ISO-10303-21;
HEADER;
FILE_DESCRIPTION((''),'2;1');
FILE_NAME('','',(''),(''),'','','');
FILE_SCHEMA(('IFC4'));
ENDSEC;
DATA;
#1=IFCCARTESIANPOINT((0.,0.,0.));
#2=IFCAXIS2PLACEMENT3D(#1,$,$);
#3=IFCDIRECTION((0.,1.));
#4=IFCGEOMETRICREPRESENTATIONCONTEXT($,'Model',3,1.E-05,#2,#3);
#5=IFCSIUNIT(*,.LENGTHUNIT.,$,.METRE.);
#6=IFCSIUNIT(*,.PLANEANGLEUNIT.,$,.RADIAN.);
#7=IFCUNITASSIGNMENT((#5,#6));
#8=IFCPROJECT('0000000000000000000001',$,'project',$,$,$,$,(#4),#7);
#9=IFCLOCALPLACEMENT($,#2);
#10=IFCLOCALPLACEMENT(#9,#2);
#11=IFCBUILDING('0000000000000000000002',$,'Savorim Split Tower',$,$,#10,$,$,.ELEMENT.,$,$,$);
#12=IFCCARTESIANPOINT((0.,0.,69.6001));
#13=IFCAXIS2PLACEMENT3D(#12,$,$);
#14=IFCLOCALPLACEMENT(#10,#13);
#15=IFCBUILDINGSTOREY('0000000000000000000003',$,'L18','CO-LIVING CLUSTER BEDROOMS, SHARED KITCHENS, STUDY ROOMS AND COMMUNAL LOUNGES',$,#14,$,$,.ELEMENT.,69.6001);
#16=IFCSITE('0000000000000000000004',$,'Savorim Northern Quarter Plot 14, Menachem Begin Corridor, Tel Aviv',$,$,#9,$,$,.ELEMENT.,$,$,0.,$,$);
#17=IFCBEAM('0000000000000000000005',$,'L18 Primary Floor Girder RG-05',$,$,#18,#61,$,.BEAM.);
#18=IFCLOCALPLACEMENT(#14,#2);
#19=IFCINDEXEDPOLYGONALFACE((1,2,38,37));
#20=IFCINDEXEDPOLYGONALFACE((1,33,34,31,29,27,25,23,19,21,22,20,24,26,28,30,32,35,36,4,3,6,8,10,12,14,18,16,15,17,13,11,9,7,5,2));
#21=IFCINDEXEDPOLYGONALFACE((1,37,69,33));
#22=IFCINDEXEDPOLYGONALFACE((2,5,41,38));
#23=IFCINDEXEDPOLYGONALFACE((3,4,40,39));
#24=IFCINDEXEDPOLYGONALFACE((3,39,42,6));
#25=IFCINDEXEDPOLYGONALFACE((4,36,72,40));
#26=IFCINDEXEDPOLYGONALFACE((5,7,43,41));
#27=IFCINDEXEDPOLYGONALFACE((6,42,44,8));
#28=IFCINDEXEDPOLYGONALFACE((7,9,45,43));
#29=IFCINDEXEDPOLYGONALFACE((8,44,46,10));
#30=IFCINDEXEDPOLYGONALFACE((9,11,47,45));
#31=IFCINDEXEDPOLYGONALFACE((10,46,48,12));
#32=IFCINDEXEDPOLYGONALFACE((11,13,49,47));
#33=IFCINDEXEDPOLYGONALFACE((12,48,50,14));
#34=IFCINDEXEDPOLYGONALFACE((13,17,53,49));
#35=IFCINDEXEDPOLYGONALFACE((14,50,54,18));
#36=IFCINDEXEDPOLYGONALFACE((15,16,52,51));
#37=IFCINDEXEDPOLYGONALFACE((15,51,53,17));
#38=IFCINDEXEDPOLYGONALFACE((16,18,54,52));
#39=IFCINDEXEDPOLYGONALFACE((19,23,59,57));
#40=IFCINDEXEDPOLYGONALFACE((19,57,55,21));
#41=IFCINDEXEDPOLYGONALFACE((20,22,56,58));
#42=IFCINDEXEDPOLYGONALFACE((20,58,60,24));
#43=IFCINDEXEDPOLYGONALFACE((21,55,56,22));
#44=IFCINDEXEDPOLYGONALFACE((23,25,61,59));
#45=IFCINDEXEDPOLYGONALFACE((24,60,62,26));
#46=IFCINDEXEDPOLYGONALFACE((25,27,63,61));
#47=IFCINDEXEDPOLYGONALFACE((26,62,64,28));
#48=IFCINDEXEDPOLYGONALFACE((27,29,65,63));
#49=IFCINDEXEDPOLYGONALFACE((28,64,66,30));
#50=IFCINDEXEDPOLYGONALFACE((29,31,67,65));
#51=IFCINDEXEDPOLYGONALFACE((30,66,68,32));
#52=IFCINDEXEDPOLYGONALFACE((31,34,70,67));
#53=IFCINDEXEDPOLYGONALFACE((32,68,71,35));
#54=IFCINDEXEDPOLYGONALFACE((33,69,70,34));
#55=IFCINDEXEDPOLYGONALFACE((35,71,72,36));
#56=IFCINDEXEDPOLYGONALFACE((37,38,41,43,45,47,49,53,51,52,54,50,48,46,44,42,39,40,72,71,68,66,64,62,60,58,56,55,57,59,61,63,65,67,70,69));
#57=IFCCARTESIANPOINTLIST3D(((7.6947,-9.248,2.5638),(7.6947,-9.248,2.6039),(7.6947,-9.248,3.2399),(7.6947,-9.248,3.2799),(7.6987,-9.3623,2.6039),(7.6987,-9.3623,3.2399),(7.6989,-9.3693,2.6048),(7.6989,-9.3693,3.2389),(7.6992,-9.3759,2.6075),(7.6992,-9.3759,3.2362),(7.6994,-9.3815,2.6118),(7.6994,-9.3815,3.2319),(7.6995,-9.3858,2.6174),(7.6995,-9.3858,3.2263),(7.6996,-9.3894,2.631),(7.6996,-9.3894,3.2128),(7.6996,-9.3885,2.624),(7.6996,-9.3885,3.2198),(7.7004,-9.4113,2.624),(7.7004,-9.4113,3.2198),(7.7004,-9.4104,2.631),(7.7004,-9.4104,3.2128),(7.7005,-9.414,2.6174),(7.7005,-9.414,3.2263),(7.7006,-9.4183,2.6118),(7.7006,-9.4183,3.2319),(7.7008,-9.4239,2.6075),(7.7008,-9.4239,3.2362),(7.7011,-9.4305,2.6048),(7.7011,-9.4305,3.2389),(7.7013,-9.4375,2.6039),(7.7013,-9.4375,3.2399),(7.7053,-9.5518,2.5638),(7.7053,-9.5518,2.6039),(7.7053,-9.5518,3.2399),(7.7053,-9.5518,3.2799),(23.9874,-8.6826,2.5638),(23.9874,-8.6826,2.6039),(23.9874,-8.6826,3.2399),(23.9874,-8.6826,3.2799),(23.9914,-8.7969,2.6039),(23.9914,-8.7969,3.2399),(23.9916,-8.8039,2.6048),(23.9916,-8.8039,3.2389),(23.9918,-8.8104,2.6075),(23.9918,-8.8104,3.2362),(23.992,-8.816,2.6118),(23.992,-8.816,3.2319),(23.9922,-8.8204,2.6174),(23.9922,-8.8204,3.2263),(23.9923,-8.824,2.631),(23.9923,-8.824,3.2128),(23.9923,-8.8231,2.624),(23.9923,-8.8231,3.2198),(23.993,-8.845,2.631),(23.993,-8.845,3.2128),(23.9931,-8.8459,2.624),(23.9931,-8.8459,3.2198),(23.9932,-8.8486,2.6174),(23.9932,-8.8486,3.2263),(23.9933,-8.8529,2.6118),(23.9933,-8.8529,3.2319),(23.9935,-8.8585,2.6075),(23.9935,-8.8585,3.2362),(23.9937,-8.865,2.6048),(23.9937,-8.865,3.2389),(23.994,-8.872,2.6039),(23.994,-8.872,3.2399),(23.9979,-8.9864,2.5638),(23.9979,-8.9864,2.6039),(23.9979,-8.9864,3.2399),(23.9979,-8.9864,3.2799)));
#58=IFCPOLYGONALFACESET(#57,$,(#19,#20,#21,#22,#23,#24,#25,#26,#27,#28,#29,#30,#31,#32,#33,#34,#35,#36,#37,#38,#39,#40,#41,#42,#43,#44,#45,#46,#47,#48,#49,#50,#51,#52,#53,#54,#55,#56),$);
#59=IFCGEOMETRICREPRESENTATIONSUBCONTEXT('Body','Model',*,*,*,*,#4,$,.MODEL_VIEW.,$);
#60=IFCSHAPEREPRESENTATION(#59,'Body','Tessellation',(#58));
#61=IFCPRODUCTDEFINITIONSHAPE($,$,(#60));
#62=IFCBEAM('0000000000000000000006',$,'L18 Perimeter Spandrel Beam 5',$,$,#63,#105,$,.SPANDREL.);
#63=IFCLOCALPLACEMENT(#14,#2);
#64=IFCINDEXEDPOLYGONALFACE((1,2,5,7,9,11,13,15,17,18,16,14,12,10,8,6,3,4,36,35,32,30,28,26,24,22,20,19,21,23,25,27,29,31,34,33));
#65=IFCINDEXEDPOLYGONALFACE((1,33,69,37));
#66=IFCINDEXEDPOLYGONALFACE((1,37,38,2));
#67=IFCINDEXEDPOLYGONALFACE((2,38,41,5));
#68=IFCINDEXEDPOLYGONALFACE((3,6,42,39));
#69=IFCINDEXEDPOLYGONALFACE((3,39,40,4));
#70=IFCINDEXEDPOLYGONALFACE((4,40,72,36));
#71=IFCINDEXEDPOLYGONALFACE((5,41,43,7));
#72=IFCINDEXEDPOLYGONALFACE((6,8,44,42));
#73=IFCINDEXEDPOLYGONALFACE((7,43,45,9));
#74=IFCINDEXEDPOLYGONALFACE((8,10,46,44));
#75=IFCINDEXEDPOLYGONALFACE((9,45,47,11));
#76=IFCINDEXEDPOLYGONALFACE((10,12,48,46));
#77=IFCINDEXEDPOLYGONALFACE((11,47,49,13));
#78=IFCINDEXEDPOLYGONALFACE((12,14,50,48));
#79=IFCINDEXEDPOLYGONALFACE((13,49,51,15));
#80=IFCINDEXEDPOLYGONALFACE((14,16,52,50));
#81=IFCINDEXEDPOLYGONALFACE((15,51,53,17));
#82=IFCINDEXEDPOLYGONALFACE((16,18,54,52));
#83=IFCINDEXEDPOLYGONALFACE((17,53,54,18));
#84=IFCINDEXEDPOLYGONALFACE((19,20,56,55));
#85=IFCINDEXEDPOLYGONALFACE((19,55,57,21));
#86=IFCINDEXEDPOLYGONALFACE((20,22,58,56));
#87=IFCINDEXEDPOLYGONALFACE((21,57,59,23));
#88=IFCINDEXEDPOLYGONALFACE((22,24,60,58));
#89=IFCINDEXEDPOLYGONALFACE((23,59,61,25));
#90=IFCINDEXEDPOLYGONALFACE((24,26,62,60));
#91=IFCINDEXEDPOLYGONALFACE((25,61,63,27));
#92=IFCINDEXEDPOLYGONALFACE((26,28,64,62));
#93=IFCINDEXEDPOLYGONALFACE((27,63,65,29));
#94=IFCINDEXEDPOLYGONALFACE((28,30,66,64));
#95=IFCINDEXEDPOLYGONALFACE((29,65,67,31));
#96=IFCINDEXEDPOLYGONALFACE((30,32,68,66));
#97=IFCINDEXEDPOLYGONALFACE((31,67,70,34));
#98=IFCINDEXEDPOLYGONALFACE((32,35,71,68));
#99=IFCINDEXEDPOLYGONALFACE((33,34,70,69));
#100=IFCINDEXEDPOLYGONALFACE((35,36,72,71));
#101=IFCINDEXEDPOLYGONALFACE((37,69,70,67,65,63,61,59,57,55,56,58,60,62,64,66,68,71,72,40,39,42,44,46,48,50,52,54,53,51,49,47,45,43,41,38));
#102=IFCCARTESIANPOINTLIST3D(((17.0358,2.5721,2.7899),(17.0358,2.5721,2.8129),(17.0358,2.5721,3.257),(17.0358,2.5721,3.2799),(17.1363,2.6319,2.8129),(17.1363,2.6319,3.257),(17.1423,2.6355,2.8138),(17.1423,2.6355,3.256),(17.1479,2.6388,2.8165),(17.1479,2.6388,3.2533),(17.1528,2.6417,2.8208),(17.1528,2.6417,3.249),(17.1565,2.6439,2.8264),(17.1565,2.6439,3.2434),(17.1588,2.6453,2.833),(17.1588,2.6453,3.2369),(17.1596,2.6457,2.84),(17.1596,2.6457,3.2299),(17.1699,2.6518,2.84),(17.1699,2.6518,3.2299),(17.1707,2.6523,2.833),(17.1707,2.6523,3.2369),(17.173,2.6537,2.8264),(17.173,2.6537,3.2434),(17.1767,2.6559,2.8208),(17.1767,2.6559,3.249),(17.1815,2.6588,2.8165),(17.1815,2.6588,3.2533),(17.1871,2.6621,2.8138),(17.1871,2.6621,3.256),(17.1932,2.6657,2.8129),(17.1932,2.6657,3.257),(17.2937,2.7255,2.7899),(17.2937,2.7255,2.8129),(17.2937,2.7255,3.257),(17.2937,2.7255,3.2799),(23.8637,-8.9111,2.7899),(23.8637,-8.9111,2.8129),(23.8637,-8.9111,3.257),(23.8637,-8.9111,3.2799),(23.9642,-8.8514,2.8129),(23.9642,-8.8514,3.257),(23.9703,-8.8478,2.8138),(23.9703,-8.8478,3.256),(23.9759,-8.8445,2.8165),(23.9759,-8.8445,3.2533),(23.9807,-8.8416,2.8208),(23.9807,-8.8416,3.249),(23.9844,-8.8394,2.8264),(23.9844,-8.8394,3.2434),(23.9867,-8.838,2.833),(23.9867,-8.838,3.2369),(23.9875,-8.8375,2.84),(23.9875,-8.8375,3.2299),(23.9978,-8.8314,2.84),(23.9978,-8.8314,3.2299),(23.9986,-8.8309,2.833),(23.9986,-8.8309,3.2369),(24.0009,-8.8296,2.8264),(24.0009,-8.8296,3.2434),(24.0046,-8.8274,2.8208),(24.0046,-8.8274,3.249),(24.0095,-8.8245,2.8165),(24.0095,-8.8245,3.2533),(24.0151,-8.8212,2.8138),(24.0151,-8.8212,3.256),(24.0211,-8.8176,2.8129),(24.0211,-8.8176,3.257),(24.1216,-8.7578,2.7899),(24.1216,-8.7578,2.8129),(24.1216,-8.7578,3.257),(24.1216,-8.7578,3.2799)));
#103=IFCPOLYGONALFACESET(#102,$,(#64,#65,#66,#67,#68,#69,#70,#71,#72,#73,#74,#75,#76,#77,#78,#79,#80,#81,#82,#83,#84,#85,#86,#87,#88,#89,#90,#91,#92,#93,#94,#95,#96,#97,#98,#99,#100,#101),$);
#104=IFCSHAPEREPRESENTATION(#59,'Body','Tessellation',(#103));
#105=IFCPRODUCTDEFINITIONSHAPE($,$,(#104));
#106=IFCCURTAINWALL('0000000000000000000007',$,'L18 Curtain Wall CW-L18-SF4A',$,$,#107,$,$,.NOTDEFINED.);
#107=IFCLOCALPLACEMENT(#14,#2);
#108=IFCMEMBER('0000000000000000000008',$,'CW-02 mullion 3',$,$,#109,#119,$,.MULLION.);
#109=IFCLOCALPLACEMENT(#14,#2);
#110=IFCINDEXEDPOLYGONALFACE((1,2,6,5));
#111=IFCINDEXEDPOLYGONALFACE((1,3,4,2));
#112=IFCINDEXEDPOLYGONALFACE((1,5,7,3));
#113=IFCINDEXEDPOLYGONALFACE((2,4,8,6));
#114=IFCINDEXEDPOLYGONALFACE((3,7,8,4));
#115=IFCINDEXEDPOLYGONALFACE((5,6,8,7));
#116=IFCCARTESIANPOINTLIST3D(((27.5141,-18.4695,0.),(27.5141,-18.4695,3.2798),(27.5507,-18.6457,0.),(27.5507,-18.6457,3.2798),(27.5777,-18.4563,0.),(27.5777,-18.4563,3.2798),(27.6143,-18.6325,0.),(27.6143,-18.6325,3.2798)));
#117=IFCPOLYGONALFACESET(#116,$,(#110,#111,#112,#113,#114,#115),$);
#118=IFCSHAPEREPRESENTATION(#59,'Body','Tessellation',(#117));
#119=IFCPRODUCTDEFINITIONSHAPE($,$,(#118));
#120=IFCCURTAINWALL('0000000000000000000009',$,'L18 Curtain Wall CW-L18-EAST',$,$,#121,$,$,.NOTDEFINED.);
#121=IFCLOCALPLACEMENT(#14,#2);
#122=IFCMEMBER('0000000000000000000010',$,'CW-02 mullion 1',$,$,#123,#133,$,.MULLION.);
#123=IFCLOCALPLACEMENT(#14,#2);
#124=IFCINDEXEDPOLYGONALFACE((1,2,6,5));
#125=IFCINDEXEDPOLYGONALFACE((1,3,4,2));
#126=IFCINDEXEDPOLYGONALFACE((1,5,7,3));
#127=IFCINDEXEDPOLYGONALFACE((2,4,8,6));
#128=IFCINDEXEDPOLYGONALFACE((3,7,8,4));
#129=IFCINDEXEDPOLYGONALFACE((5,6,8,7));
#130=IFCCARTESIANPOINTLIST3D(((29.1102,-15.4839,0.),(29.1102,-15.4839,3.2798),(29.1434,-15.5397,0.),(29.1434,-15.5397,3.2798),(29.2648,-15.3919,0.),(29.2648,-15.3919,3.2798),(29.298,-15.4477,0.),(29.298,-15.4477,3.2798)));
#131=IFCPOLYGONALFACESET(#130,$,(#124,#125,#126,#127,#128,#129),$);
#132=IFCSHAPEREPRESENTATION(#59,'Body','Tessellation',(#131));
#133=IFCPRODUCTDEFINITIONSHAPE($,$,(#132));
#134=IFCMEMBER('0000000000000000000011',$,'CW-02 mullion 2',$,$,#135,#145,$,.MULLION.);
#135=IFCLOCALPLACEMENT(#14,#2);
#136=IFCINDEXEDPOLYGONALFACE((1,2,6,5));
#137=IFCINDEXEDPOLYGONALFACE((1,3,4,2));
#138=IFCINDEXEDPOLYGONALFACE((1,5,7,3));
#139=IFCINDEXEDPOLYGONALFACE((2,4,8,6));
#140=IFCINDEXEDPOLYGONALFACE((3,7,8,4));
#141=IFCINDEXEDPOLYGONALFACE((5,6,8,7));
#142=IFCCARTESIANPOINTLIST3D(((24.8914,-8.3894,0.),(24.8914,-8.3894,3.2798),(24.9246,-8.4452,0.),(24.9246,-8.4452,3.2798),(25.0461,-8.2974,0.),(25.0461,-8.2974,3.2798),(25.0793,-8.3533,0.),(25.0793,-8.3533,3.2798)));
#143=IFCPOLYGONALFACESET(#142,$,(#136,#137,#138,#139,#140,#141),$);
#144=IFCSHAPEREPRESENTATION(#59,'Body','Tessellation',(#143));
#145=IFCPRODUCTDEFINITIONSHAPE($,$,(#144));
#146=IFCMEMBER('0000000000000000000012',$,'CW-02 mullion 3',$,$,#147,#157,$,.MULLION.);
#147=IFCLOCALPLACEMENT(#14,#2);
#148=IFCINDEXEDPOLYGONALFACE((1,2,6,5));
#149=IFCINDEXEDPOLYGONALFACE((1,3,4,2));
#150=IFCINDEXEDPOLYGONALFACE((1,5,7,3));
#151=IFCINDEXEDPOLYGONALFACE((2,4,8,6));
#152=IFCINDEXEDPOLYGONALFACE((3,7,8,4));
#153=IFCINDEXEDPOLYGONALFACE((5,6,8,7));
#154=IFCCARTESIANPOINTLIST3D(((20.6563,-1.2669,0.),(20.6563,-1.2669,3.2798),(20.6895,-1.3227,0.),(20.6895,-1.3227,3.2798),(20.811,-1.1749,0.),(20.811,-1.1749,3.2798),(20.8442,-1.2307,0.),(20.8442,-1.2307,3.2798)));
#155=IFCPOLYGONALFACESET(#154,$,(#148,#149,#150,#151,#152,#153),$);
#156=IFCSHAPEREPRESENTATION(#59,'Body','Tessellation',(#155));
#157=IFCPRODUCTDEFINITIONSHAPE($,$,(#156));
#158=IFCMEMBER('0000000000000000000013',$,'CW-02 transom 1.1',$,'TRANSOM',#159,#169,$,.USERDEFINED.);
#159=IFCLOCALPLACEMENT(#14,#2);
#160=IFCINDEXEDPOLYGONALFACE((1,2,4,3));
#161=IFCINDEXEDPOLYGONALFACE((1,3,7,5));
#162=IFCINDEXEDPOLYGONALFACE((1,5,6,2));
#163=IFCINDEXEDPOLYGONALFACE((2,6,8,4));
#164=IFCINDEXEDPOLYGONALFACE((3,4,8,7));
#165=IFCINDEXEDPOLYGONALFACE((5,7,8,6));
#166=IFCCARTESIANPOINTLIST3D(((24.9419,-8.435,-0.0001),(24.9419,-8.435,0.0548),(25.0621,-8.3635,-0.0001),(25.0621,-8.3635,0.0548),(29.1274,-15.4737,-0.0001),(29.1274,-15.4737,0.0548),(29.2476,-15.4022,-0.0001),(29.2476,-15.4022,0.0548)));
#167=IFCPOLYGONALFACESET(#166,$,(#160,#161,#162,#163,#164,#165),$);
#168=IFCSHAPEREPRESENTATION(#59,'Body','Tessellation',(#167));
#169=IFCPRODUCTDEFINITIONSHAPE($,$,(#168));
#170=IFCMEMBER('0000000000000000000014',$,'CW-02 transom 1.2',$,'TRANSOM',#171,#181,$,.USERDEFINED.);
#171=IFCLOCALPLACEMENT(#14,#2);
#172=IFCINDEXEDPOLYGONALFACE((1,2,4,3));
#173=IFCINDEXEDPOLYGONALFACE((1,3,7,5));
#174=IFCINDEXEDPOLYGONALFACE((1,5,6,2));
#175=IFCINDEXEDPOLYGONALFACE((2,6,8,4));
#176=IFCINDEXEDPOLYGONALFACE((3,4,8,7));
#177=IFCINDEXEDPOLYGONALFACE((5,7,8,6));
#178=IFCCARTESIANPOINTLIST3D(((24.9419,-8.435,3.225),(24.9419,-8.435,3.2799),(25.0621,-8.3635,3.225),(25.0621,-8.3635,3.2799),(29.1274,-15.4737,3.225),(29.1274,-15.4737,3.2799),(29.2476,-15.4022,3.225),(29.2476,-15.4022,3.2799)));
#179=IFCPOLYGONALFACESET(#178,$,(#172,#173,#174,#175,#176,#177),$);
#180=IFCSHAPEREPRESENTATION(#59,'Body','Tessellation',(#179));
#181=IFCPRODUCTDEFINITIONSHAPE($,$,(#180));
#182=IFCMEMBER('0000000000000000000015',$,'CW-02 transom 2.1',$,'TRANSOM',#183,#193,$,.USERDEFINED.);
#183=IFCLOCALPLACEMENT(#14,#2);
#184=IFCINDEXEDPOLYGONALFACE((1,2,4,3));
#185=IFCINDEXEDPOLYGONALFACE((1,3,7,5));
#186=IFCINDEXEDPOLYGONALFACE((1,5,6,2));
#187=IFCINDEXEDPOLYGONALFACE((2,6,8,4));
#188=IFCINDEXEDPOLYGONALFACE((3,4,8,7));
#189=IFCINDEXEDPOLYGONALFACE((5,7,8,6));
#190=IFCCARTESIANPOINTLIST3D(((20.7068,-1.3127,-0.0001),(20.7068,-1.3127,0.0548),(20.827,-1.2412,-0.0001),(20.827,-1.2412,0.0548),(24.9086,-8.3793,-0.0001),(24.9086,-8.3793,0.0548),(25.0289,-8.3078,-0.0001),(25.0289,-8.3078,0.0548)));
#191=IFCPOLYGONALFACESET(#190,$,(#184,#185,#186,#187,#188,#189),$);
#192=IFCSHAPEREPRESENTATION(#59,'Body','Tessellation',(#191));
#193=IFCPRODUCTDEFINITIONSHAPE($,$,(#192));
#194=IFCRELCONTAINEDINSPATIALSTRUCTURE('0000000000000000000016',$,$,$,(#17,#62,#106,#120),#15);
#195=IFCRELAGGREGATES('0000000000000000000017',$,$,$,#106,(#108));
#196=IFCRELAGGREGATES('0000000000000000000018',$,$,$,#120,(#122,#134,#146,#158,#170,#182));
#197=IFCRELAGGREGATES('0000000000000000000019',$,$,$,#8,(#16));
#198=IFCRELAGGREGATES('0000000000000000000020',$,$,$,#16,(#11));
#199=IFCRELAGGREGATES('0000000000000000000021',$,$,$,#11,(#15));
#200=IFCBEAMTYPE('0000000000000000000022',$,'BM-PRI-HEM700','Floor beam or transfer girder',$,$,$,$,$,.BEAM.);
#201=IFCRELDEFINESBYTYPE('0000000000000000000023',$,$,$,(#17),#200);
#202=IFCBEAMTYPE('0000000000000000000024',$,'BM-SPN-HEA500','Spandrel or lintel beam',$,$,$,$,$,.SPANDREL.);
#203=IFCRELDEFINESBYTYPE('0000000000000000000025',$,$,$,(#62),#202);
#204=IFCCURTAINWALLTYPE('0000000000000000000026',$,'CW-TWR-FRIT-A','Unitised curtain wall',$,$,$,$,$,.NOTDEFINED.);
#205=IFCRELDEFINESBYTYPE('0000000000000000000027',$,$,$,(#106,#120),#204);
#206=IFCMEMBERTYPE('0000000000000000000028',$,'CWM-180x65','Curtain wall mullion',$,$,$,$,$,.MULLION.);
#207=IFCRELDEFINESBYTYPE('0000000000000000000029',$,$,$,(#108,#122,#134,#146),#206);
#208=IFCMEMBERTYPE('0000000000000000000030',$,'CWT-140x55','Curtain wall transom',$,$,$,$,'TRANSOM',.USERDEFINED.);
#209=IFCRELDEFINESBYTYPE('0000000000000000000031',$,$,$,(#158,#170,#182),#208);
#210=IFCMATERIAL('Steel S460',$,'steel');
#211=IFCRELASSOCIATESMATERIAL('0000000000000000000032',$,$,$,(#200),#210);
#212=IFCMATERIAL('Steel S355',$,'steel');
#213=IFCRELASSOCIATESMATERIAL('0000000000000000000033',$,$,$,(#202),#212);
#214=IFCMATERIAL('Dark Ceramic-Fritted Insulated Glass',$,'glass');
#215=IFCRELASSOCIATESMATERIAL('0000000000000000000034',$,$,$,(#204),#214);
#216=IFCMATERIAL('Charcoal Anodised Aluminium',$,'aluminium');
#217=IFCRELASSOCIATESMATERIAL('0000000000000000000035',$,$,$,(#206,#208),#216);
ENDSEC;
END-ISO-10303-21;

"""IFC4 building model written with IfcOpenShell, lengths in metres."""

from ifc_helpers import new_model, si_unit, direction, frame, origin, origin_2d, place, context, subcontext, project, spatial, rectangle, i_section, extrude, material, material_profile, profile_set, type_object, element, aggregate, save


model = new_model("IFC4")

# Units and contexts
model_context = context("Model", 3, precision=1e-05, world=origin(), true_north=direction((0.0, 1.0)))
body_context = subcontext(model_context, "Body", "Model", "MODEL_VIEW")
ifc_project = project(units=[si_unit("LENGTHUNIT", "METRE"), si_unit("PLANEANGLEUNIT", "RADIAN")], contexts=[model_context])

# Site, building, storey
site_placement = place(None, origin())
site = spatial("IfcSite", under=ifc_project, at=site_placement, Name="Savorim Northern Quarter Plot 14, Menachem Begin Corridor, Tel Aviv", CompositionType="ELEMENT", RefElevation=0.0)
building_placement = place(site_placement, origin())
building = spatial("IfcBuilding", under=site, at=building_placement, Name="Savorim Split Tower", CompositionType="ELEMENT")
storey_placement = place(building_placement, frame((0.0, 0.0, 69.6001)))
storey = spatial("IfcBuildingStorey", under=building, at=storey_placement, Name="L18", Description="CO-LIVING CLUSTER BEDROOMS, SHARED KITCHENS, STUDY ROOMS AND COMMUNAL LOUNGES", CompositionType="ELEMENT", Elevation=69.6001)

# Shared definitions
ifc_material_1 = material(Name="Steel S460", Category="steel")

# Beams
ifc_material_2 = material(Name="Steel S355", Category="steel")
ifc_material_profile_1 = material_profile(ifc_material_1, i_section(OverallWidth=0.304, OverallDepth=0.7161, WebThickness=0.021, FlangeThickness=0.04, FilletRadius=0.0271, at=origin_2d()), Name="HE 700 M")
ifc_profile_set_1 = profile_set([ifc_material_profile_1], Name="Steel S460")
beam_type_1 = type_object("IfcBeamType", Name="BM-PRI-HEM700", Description="Floor beam or transfer girder", PredefinedType="BEAM", material=ifc_profile_set_1)
beam_1_placement = place(storey_placement, frame((23.9927, -8.8345, 2.9219), z_axis=(-0.999398, -0.034684, 0.0), x_axis=(0.034684, -0.999398, 0.0)))
element("IfcBeam", 1, at=beam_1_placement, inside=storey, type_object=beam_type_1, Name="L18 Primary Floor Girder RG-05", PredefinedType="BEAM", context=body_context, shape_type="SweptSolid", body=[
    extrude(i_section(OverallWidth=0.304, OverallDepth=0.7161, WebThickness=0.021, FlangeThickness=0.04, FilletRadius=0.0271, at=origin_2d()), origin(), (0.0, 0.0, 1.0), 16.3025),
])
ifc_material_profile_2 = material_profile(ifc_material_2, i_section(OverallWidth=0.3, OverallDepth=0.49, WebThickness=0.012, FlangeThickness=0.0229, FilletRadius=0.0271, at=origin_2d()), Name="HEA 500")
ifc_profile_set_2 = profile_set([ifc_material_profile_2], Name="Steel S355")
beam_type_2 = type_object("IfcBeamType", Name="BM-SPN-HEA500", Description="Spandrel or lintel beam", PredefinedType="SPANDREL", material=ifc_profile_set_2)
beam_2_placement = place(storey_placement, frame((23.9927, -8.8345, 3.0349), z_axis=(-0.511079, 0.859534, 0.0), x_axis=(-0.859534, -0.511079, 0.0)))
element("IfcBeam", 2, at=beam_2_placement, inside=storey, type_object=beam_type_2, Name="L18 Perimeter Spandrel Beam 5", PredefinedType="SPANDREL", context=body_context, shape_type="SweptSolid", body=[
    extrude(i_section(OverallWidth=0.3, OverallDepth=0.49, WebThickness=0.012, FlangeThickness=0.0229, FilletRadius=0.0271, at=origin_2d()), origin(), (0.0, 0.0, 1.0), 13.3599),
])

# Curtain wall, member
ifc_material_3 = material(Name="Dark Ceramic-Fritted Insulated Glass", Category="glass")
curtain_wall_type = type_object("IfcCurtainWallType", Name="CW-TWR-FRIT-A", Description="Unitised curtain wall", PredefinedType="NOTDEFINED", material=ifc_material_3)
curtain_wall_1_placement = place(storey_placement, origin())
curtain_wall_1 = element("IfcCurtainWall", 3, at=curtain_wall_1_placement, inside=storey, type_object=curtain_wall_type, Name="L18 Curtain Wall CW-L18-SF4A", PredefinedType="NOTDEFINED")
ifc_material_4 = material(Name="Charcoal Anodised Aluminium", Category="aluminium")
ifc_material_profile_3 = material_profile(ifc_material_4, rectangle(XDim=0.1799, YDim=0.0649, at=origin_2d()), Name="ALU-M 180x65")
ifc_profile_set_3 = profile_set([ifc_material_profile_3], Name="Charcoal Anodised Aluminium")
member_type_1 = type_object("IfcMemberType", Name="CWM-180x65", Description="Curtain wall mullion", PredefinedType="MULLION", material=ifc_profile_set_3)
member_1_placement = place(storey_placement, frame((27.5642, -18.551, 0.0), z_axis=(0.0, 0.0, 1.0), x_axis=(-0.203216, 0.979134, 0.0)))
member_1 = element("IfcMember", 4, at=member_1_placement, type_object=member_type_1, Name="CW-02 mullion 3", PredefinedType="MULLION", context=body_context, shape_type="SweptSolid", body=[
    extrude(rectangle(XDim=0.1799, YDim=0.0649, at=origin_2d()), origin(), (0.0, 0.0, 1.0), 3.2798),
])
aggregate(curtain_wall_1, [member_1])

# Curtain wall, members
curtain_wall_2_placement = place(storey_placement, origin())
curtain_wall_2 = element("IfcCurtainWall", 5, at=curtain_wall_2_placement, inside=storey, type_object=curtain_wall_type, Name="L18 Curtain Wall CW-L18-EAST", PredefinedType="NOTDEFINED")
member_2_placement = place(storey_placement, frame((29.2041, -15.4658, 0.0), z_axis=(0.0, 0.0, 1.0), x_axis=(-0.859526, -0.511092, 0.0)))
member_2 = element("IfcMember", 6, at=member_2_placement, type_object=member_type_1, Name="CW-02 mullion 1", PredefinedType="MULLION", context=body_context, shape_type="SweptSolid", body=[
    extrude(rectangle(XDim=0.1799, YDim=0.0649, at=origin_2d()), origin(), (0.0, 0.0, 1.0), 3.2798),
])
member_3_placement = place(storey_placement, frame((24.9854, -8.3713, 0.0), z_axis=(0.0, 0.0, 1.0), x_axis=(-0.859526, -0.511092, 0.0)))
member_3 = element("IfcMember", 7, at=member_3_placement, type_object=member_type_1, Name="CW-02 mullion 2", PredefinedType="MULLION", context=body_context, shape_type="SweptSolid", body=[
    extrude(rectangle(XDim=0.1799, YDim=0.0649, at=origin_2d()), origin(), (0.0, 0.0, 1.0), 3.2798),
])
member_4_placement = place(storey_placement, frame((20.7502, -1.2488, 0.0), z_axis=(0.0, 0.0, 1.0), x_axis=(-0.859526, -0.511092, 0.0)))
member_4 = element("IfcMember", 8, at=member_4_placement, type_object=member_type_1, Name="CW-02 mullion 3", PredefinedType="MULLION", context=body_context, shape_type="SweptSolid", body=[
    extrude(rectangle(XDim=0.1799, YDim=0.0649, at=origin_2d()), origin(), (0.0, 0.0, 1.0), 3.2798),
])
ifc_material_profile_4 = material_profile(ifc_material_4, rectangle(XDim=0.1399, YDim=0.0549, at=origin_2d()), Name="ALU-T 140x55")
ifc_profile_set_4 = profile_set([ifc_material_profile_4], Name="Charcoal Anodised Aluminium")
member_type_2 = type_object("IfcMemberType", Name="CWT-140x55", Description="Curtain wall transom", ElementType="TRANSOM", PredefinedType="USERDEFINED", material=ifc_profile_set_4)
member_5_placement = place(storey_placement, frame((29.1875, -15.438, 0.0273), z_axis=(-0.511103, 0.85952, 0.0), x_axis=(-0.85952, -0.511103, 0.0)))
member_5 = element("IfcMember", 9, at=member_5_placement, type_object=member_type_2, Name="CW-02 transom 1.1", ObjectType="TRANSOM", PredefinedType="USERDEFINED", context=body_context, shape_type="SweptSolid", body=[
    extrude(rectangle(XDim=0.1399, YDim=0.0549, at=origin_2d()), origin(), (0.0, 0.0, 1.0), 8.1892),
])
member_6_placement = place(storey_placement, frame((29.1875, -15.438, 3.2524), z_axis=(-0.511103, 0.85952, 0.0), x_axis=(-0.85952, -0.511103, 0.0)))
member_6 = element("IfcMember", 10, at=member_6_placement, type_object=member_type_2, Name="CW-02 transom 1.2", ObjectType="TRANSOM", PredefinedType="USERDEFINED", context=body_context, shape_type="SweptSolid", body=[
    extrude(rectangle(XDim=0.1399, YDim=0.0549, at=origin_2d()), origin(), (0.0, 0.0, 1.0), 8.1892),
])
member_7_placement = place(storey_placement, frame((24.9688, -8.3435, 0.0273), z_axis=(-0.511085, 0.85953, 0.0), x_axis=(-0.85953, -0.511085, 0.0)))
member_7 = element("IfcMember", 11, at=member_7_placement, type_object=member_type_2, Name="CW-02 transom 2.1", ObjectType="TRANSOM", PredefinedType="USERDEFINED", context=body_context, shape_type="SweptSolid", body=[
    extrude(rectangle(XDim=0.1399, YDim=0.0549, at=origin_2d()), origin(), (0.0, 0.0, 1.0), 8.2214),
])
aggregate(curtain_wall_2, [member_2, member_3, member_4, member_5, member_6, member_7])

save(model, "model.ifc")
